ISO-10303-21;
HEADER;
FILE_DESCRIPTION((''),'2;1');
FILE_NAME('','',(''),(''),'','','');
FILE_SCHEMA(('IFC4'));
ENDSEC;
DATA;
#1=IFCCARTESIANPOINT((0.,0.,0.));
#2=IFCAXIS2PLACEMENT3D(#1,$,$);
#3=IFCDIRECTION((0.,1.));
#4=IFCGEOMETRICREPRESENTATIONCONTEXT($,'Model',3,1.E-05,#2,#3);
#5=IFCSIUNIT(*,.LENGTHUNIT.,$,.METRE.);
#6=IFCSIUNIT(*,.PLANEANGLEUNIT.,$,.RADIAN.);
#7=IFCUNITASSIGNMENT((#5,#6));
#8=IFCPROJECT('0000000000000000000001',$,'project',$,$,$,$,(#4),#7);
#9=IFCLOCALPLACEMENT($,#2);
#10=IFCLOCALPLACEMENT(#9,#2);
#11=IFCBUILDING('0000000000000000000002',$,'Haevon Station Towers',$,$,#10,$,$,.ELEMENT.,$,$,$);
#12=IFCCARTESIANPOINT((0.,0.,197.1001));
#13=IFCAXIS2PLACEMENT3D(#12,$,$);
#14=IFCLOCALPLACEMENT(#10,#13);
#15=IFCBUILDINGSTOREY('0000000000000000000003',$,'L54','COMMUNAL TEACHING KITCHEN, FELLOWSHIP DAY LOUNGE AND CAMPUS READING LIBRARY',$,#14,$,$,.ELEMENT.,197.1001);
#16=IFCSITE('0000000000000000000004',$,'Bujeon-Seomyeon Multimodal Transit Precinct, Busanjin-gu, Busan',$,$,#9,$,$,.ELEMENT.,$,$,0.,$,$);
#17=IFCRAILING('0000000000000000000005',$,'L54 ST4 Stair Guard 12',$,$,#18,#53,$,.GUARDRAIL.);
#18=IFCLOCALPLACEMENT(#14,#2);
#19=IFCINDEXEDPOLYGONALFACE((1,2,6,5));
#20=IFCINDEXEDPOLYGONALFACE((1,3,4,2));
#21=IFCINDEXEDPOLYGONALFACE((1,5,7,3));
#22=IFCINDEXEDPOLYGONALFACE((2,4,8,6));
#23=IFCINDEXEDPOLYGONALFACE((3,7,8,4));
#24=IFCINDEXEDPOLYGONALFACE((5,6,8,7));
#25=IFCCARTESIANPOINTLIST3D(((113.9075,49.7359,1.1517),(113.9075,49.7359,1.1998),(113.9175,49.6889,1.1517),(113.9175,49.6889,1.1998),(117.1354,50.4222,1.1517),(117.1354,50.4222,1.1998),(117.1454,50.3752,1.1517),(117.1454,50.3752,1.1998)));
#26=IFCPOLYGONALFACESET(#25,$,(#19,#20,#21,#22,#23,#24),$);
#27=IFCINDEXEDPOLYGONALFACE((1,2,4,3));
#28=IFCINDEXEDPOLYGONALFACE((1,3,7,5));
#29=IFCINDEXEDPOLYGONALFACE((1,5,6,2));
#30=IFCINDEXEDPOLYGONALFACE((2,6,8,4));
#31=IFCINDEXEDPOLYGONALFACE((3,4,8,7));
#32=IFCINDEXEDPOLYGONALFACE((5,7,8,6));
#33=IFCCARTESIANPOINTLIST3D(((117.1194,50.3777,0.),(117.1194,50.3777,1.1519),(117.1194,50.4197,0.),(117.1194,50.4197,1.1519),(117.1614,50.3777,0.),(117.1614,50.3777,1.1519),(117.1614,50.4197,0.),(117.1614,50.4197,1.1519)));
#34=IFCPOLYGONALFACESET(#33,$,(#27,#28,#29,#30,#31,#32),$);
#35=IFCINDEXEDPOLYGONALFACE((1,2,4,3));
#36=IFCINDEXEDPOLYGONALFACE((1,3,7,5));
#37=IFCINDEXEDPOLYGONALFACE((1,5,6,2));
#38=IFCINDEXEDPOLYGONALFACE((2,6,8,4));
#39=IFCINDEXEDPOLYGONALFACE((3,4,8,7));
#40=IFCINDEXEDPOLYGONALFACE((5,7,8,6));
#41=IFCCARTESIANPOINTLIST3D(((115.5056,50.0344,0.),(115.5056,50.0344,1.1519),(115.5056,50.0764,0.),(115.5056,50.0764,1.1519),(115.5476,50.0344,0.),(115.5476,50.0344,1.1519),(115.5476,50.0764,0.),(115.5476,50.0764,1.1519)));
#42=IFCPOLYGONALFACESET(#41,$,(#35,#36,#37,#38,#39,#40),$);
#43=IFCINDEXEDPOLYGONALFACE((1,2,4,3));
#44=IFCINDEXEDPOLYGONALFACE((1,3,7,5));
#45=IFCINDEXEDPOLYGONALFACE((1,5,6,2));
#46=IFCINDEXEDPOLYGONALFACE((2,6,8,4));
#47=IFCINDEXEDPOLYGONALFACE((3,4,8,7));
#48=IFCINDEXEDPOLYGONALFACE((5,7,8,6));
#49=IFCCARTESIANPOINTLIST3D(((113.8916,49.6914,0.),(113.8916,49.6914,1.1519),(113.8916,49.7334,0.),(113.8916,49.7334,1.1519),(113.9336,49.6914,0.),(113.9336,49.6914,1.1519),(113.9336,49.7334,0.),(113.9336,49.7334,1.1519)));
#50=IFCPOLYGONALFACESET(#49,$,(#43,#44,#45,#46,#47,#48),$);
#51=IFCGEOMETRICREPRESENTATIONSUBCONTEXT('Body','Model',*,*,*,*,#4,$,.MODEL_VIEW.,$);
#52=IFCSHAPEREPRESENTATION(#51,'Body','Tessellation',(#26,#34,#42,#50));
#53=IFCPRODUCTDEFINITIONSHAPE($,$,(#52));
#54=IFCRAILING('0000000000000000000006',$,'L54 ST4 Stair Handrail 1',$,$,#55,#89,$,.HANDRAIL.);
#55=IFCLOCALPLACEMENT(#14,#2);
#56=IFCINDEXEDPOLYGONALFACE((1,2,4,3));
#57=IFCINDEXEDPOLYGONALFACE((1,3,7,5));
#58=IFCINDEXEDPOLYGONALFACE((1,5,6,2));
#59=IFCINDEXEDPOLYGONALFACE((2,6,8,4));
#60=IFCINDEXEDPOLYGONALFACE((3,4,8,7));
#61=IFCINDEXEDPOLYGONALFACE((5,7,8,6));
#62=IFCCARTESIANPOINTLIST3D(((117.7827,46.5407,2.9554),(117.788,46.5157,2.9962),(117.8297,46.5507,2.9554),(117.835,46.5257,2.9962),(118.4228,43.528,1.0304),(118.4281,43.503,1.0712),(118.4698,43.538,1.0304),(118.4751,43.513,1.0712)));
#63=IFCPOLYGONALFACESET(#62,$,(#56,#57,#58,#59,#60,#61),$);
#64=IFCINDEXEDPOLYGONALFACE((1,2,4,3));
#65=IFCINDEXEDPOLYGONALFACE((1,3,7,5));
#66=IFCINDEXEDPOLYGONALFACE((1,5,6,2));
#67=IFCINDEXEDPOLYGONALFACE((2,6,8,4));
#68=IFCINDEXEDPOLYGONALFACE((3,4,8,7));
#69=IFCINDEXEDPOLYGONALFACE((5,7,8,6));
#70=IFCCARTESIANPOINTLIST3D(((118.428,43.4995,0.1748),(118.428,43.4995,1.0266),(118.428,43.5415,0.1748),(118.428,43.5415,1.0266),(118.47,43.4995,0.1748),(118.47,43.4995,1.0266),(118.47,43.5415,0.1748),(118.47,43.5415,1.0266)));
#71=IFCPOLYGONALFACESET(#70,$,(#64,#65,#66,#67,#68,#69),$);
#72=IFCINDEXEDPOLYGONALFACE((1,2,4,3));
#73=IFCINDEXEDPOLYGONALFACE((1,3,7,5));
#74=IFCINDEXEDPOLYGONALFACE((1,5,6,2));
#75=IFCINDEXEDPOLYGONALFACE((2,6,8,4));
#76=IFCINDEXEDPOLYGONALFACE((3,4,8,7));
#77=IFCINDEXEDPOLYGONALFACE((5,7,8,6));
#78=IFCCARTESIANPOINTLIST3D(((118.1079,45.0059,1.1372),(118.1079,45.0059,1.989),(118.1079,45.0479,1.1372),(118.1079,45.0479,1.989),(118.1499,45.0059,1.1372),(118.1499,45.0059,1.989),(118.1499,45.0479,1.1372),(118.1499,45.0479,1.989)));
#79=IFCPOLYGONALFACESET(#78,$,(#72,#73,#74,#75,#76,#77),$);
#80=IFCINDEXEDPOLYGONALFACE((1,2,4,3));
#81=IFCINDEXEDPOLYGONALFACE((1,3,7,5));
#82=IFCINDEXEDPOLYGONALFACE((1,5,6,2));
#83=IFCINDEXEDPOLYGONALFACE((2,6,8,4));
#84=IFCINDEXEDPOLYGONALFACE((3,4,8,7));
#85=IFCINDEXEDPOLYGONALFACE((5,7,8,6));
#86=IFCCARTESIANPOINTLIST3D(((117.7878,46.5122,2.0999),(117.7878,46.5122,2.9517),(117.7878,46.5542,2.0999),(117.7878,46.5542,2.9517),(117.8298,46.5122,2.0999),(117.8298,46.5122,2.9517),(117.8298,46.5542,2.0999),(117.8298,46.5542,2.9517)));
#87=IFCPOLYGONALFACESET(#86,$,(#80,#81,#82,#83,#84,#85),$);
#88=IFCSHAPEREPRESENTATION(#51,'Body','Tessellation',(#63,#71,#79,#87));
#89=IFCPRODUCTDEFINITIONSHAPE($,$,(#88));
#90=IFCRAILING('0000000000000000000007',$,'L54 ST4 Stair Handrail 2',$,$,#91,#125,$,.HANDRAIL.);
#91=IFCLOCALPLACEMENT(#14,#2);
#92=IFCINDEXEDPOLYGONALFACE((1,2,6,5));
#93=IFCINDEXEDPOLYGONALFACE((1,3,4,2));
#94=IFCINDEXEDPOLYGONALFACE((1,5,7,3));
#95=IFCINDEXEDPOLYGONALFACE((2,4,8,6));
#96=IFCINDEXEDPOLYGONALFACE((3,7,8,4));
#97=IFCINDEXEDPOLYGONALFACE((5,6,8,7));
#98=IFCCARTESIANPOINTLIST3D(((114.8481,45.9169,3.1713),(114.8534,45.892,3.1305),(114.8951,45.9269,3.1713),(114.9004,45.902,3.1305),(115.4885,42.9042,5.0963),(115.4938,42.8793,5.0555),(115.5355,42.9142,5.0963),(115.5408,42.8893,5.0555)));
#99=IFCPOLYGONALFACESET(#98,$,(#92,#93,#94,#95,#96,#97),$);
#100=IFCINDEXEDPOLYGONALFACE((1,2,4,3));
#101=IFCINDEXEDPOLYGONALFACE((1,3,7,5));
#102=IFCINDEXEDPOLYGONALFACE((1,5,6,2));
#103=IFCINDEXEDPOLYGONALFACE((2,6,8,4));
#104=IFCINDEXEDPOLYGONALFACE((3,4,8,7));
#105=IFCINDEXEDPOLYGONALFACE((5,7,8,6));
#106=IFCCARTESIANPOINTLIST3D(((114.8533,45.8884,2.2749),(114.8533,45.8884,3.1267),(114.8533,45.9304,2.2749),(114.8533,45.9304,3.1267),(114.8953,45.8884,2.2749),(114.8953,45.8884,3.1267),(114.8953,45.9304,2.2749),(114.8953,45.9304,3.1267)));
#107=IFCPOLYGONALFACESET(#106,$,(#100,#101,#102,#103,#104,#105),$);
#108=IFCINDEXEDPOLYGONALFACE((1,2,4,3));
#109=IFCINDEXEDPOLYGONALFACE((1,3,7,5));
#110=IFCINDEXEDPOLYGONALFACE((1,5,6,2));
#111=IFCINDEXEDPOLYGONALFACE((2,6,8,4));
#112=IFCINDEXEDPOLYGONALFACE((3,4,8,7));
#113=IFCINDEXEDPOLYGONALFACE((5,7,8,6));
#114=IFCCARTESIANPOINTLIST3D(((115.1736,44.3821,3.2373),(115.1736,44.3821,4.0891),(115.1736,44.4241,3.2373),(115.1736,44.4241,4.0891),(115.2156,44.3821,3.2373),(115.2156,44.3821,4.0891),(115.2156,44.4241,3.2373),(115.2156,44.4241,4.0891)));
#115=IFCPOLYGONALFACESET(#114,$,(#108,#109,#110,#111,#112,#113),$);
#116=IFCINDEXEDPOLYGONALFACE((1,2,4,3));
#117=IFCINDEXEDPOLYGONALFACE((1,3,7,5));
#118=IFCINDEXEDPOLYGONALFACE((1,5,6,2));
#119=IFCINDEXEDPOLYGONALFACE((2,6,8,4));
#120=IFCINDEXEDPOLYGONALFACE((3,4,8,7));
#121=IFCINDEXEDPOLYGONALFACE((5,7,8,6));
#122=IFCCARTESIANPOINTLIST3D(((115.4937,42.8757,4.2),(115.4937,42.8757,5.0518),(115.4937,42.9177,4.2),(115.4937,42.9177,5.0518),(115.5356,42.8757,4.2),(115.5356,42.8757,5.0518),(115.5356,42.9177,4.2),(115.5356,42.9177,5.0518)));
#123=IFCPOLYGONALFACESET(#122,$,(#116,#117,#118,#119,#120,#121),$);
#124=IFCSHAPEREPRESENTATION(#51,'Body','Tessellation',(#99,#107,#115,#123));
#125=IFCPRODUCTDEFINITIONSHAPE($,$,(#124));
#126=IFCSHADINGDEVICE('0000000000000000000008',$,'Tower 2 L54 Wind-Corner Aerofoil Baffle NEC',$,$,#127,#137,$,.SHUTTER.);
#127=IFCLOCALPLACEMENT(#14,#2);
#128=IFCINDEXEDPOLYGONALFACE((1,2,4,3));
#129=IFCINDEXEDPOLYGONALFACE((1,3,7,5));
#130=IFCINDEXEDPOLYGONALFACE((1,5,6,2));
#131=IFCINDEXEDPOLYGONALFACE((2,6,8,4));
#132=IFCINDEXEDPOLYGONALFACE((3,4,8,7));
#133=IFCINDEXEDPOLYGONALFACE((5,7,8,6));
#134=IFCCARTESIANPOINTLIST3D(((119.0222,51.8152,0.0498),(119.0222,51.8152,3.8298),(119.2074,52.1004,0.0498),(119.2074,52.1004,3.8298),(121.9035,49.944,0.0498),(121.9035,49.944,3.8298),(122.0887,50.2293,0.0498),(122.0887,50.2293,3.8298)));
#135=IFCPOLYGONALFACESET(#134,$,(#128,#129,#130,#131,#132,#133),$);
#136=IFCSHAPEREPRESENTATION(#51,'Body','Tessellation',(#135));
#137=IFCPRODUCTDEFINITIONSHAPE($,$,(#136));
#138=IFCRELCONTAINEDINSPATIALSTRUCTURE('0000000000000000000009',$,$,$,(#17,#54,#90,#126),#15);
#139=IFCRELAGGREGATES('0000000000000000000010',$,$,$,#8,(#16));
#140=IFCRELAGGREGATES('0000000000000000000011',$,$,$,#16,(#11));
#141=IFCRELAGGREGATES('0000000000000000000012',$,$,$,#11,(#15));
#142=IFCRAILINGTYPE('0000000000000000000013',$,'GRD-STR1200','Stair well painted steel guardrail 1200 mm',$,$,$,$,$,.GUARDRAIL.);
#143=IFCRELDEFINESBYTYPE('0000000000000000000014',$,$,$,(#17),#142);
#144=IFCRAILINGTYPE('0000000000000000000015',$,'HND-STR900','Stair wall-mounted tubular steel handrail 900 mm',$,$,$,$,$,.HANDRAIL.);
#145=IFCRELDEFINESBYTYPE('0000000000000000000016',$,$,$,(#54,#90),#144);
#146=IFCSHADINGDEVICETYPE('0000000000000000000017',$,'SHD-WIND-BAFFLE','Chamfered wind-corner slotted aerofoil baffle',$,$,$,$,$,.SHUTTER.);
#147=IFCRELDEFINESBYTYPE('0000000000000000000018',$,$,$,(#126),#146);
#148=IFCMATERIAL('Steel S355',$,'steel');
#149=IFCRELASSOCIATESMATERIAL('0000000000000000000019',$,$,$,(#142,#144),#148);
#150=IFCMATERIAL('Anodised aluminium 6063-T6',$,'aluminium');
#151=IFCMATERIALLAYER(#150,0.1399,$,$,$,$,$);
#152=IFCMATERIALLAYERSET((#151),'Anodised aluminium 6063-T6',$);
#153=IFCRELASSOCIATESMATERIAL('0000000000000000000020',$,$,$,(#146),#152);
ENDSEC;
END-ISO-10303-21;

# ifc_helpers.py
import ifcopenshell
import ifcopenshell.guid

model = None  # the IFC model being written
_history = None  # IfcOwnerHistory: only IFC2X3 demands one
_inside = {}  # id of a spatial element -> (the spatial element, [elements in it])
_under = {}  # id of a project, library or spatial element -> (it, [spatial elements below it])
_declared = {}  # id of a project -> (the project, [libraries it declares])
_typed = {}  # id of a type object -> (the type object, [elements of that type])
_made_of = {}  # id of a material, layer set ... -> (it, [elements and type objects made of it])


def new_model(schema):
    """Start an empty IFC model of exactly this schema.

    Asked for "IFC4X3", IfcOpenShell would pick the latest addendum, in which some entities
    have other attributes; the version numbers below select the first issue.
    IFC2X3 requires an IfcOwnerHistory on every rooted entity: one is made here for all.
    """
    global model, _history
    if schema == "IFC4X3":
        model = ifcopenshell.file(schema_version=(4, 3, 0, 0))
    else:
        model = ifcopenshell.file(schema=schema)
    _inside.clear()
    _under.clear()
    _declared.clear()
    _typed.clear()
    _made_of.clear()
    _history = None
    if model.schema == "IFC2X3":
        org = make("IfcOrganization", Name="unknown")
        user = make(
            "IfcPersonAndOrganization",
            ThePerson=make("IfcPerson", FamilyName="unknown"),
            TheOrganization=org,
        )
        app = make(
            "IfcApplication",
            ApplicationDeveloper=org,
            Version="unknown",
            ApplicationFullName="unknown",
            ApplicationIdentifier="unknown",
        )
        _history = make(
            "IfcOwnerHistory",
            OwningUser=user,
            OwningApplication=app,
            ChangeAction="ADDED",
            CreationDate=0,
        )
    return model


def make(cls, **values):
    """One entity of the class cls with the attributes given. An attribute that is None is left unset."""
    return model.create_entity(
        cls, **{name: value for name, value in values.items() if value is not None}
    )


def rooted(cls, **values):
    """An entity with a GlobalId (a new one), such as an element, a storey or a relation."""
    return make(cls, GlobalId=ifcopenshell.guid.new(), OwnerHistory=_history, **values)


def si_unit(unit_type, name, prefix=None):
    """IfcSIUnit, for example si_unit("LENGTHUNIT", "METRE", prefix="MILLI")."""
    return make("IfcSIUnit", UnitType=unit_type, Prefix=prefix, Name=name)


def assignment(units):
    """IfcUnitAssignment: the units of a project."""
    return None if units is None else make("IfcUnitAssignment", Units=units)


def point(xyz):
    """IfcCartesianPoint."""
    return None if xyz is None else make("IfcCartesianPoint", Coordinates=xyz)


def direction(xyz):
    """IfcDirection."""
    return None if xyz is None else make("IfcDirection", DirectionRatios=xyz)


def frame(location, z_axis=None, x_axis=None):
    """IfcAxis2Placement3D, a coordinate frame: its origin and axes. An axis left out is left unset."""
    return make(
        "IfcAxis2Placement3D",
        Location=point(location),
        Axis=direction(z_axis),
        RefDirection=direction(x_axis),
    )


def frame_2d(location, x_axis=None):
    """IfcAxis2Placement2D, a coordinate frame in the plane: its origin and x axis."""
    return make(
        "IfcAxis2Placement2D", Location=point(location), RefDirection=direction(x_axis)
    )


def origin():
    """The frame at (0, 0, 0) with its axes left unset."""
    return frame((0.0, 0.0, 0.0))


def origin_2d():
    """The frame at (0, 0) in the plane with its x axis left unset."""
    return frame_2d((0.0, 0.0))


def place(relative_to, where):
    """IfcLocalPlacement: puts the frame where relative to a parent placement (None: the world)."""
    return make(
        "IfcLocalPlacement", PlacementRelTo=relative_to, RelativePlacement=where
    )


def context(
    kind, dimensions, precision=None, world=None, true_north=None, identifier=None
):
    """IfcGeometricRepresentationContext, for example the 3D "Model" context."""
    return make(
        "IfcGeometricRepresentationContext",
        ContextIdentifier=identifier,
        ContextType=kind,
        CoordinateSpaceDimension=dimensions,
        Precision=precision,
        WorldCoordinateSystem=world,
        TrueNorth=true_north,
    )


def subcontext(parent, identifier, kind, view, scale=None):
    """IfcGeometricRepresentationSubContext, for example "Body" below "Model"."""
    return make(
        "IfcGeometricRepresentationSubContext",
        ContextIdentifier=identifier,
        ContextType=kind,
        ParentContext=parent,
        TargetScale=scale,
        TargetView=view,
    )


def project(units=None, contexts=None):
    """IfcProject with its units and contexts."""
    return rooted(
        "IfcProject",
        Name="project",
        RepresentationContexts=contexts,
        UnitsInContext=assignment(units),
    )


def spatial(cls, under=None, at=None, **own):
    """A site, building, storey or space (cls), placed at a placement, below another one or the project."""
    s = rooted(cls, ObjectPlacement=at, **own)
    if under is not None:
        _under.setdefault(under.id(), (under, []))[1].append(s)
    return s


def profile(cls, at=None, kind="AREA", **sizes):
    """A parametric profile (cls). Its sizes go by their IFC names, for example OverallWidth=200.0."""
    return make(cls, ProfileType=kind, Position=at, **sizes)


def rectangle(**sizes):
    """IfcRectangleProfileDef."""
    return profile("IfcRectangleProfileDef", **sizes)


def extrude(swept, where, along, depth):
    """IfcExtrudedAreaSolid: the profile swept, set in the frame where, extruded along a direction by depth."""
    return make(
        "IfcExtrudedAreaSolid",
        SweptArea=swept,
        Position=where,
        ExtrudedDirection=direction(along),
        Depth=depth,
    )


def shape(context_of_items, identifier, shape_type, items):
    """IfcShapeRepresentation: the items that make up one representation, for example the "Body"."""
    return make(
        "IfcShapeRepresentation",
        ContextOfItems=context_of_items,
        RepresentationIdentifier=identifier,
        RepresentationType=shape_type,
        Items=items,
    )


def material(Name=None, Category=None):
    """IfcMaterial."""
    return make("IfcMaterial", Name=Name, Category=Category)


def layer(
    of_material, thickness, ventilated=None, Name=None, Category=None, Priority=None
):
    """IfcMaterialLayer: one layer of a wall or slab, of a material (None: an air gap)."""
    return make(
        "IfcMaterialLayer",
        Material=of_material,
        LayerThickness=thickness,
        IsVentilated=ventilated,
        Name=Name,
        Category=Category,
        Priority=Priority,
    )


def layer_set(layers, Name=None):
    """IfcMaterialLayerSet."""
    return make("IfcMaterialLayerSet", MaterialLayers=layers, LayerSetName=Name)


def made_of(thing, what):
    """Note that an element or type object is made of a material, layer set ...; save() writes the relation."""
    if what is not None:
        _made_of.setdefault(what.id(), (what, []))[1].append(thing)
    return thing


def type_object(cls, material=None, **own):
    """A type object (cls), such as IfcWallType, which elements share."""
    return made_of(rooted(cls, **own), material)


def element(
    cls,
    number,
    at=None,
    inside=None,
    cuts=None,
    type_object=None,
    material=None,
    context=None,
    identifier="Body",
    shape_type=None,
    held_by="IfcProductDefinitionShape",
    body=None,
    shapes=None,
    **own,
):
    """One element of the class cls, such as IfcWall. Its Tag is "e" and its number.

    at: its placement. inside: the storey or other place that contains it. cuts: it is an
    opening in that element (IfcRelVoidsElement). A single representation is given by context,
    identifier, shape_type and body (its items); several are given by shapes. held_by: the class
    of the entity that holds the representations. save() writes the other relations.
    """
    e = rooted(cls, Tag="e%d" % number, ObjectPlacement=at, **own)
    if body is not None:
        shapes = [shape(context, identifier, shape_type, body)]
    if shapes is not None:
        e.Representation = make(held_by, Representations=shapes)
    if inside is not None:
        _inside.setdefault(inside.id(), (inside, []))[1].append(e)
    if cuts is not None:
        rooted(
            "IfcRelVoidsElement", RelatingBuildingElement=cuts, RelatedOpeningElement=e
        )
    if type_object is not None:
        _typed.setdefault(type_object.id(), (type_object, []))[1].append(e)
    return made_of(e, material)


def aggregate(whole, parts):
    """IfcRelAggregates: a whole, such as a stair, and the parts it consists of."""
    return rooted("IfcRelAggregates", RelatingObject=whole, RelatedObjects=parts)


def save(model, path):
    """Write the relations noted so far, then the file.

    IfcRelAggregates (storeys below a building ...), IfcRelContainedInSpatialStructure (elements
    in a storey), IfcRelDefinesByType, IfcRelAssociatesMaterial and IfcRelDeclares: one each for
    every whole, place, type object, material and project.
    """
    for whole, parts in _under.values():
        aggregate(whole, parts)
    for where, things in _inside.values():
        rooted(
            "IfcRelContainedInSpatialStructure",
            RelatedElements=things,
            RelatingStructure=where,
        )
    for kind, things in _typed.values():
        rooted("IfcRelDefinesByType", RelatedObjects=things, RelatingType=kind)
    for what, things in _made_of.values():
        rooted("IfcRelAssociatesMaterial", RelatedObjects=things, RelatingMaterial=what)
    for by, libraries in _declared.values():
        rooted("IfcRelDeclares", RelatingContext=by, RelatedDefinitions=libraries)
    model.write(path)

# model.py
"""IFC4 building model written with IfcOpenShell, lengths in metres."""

from ifc_helpers import new_model, si_unit, direction, frame, origin, origin_2d, place, context, subcontext, project, spatial, rectangle, extrude, material, layer, layer_set, type_object, element, save


model = new_model("IFC4")

# Units and contexts
model_context = context("Model", 3, precision=1e-05, world=origin(), true_north=direction((0.0, 1.0)))
body_context = subcontext(model_context, "Body", "Model", "MODEL_VIEW")
ifc_project = project(units=[si_unit("LENGTHUNIT", "METRE"), si_unit("PLANEANGLEUNIT", "RADIAN")], contexts=[model_context])

# Site, building, storey
site_placement = place(None, origin())
site = spatial("IfcSite", under=ifc_project, at=site_placement, Name="Bujeon-Seomyeon Multimodal Transit Precinct, Busanjin-gu, Busan", CompositionType="ELEMENT", RefElevation=0.0)
building_placement = place(site_placement, origin())
building = spatial("IfcBuilding", under=site, at=building_placement, Name="Haevon Station Towers", CompositionType="ELEMENT")
storey_placement = place(building_placement, frame((0.0, 0.0, 197.1001)))
storey = spatial("IfcBuildingStorey", under=building, at=storey_placement, Name="L54", Description="COMMUNAL TEACHING KITCHEN, FELLOWSHIP DAY LOUNGE AND CAMPUS READING LIBRARY", CompositionType="ELEMENT", Elevation=197.1001)

# Shared definitions
ifc_material_1 = material(Name="Steel S355", Category="steel")

# Shared definitions
ifc_material_2 = material(Name="Anodised aluminium 6063-T6", Category="aluminium")

# Railings
railing_type_1 = type_object("IfcRailingType", Name="GRD-STR1200", Description="Stair well painted steel guardrail 1200 mm", PredefinedType="GUARDRAIL", material=ifc_material_1)
railing_1_placement = place(storey_placement, frame((117.1404, 50.3987, 0.0)))
element("IfcRailing", 1, at=railing_1_placement, inside=storey, type_object=railing_type_1, Name="L54 ST4 Stair Guard 12", PredefinedType="GUARDRAIL", context=body_context, shape_type="SweptSolid", body=[
    extrude(rectangle(XDim=0.0481, YDim=0.0481, at=origin_2d()), frame((0.0, 0.0, 1.1758), z_axis=(-0.978136, -0.207968, 0.0), x_axis=(0.207968, -0.978136, 0.0)), (0.0, 0.0, 1.0), 3.3),
    extrude(rectangle(XDim=0.042, YDim=0.042, at=origin_2d()), origin(), (0.0, 0.0, 1.0), 1.1519),
    extrude(rectangle(XDim=0.042, YDim=0.042, at=origin_2d()), frame((-1.6138, -0.3433, 0.0)), (0.0, 0.0, 1.0), 1.1519),
    extrude(rectangle(XDim=0.042, YDim=0.042, at=origin_2d()), frame((-3.2278, -0.6863, 0.0)), (0.0, 0.0, 1.0), 1.1519),
])
railing_type_2 = type_object("IfcRailingType", Name="HND-STR900", Description="Stair wall-mounted tubular steel handrail 900 mm", PredefinedType="HANDRAIL", material=ifc_material_1)
railing_2_placement = place(storey_placement, frame((118.449, 43.5205, 0.1748)))
element("IfcRailing", 2, at=railing_2_placement, inside=storey, type_object=railing_type_2, Name="L54 ST4 Stair Handrail 1", PredefinedType="HANDRAIL", context=body_context, shape_type="SweptSolid", body=[
    extrude(rectangle(XDim=0.0481, YDim=0.0481, at=origin_2d()), frame((0.0, 0.0, 0.876), z_axis=(-0.176246, 0.829471, 0.530014), x_axis=(-0.978163, -0.20784, 0.0)), (0.0, 0.0, 1.0), 3.6321),
    extrude(rectangle(XDim=0.042, YDim=0.042, at=origin_2d()), origin(), (0.0, 0.0, 1.0), 0.8518),
    extrude(rectangle(XDim=0.042, YDim=0.042, at=origin_2d()), frame((-0.3201, 1.5063, 0.9624)), (0.0, 0.0, 1.0), 0.8518),
    extrude(rectangle(XDim=0.042, YDim=0.042, at=origin_2d()), frame((-0.6401, 3.0127, 1.925)), (0.0, 0.0, 1.0), 0.8518),
])
railing_3_placement = place(storey_placement, frame((114.8743, 45.9094, 2.2749)))
element("IfcRailing", 3, at=railing_3_placement, inside=storey, type_object=railing_type_2, Name="L54 ST4 Stair Handrail 2", PredefinedType="HANDRAIL", context=body_context, shape_type="SweptSolid", body=[
    extrude(rectangle(XDim=0.0481, YDim=0.0481, at=origin_2d()), frame((0.0, 0.0, 0.876), z_axis=(0.176311, -0.829461, 0.530008), x_axis=(0.978147, 0.207916, 0.0)), (0.0, 0.0, 1.0), 3.6321),
    extrude(rectangle(XDim=0.042, YDim=0.042, at=origin_2d()), origin(), (0.0, 0.0, 1.0), 0.8518),
    extrude(rectangle(XDim=0.042, YDim=0.042, at=origin_2d()), frame((0.3203, -1.5063, 0.9624)), (0.0, 0.0, 1.0), 0.8518),
    extrude(rectangle(XDim=0.042, YDim=0.042, at=origin_2d()), frame((0.6404, -3.0127, 1.925)), (0.0, 0.0, 1.0), 0.8518),
])

# Shading device
ifc_layer_1 = layer(ifc_material_2, 0.1399)
ifc_layer_set_1 = layer_set([ifc_layer_1], Name="Anodised aluminium 6063-T6")
shading_device_type = type_object("IfcShadingDeviceType", Name="SHD-WIND-BAFFLE", Description="Chamfered wind-corner slotted aerofoil baffle", PredefinedType="SHUTTER", material=ifc_layer_set_1)
shading_device_placement = place(storey_placement, frame((120.5554, 51.0222, 0.0498), z_axis=(0.0, 0.0, 1.0), x_axis=(0.838671, -0.544639, 0.0)))
element("IfcShadingDevice", 4, at=shading_device_placement, inside=storey, type_object=shading_device_type, Name="Tower 2 L54 Wind-Corner Aerofoil Baffle NEC", PredefinedType="SHUTTER", context=body_context, shape_type="SweptSolid", body=[
    extrude(rectangle(XDim=3.4355, YDim=0.3401, at=origin_2d()), origin(), (0.0, 0.0, 1.0), 3.78),
])

save(model, "model.ifc")
